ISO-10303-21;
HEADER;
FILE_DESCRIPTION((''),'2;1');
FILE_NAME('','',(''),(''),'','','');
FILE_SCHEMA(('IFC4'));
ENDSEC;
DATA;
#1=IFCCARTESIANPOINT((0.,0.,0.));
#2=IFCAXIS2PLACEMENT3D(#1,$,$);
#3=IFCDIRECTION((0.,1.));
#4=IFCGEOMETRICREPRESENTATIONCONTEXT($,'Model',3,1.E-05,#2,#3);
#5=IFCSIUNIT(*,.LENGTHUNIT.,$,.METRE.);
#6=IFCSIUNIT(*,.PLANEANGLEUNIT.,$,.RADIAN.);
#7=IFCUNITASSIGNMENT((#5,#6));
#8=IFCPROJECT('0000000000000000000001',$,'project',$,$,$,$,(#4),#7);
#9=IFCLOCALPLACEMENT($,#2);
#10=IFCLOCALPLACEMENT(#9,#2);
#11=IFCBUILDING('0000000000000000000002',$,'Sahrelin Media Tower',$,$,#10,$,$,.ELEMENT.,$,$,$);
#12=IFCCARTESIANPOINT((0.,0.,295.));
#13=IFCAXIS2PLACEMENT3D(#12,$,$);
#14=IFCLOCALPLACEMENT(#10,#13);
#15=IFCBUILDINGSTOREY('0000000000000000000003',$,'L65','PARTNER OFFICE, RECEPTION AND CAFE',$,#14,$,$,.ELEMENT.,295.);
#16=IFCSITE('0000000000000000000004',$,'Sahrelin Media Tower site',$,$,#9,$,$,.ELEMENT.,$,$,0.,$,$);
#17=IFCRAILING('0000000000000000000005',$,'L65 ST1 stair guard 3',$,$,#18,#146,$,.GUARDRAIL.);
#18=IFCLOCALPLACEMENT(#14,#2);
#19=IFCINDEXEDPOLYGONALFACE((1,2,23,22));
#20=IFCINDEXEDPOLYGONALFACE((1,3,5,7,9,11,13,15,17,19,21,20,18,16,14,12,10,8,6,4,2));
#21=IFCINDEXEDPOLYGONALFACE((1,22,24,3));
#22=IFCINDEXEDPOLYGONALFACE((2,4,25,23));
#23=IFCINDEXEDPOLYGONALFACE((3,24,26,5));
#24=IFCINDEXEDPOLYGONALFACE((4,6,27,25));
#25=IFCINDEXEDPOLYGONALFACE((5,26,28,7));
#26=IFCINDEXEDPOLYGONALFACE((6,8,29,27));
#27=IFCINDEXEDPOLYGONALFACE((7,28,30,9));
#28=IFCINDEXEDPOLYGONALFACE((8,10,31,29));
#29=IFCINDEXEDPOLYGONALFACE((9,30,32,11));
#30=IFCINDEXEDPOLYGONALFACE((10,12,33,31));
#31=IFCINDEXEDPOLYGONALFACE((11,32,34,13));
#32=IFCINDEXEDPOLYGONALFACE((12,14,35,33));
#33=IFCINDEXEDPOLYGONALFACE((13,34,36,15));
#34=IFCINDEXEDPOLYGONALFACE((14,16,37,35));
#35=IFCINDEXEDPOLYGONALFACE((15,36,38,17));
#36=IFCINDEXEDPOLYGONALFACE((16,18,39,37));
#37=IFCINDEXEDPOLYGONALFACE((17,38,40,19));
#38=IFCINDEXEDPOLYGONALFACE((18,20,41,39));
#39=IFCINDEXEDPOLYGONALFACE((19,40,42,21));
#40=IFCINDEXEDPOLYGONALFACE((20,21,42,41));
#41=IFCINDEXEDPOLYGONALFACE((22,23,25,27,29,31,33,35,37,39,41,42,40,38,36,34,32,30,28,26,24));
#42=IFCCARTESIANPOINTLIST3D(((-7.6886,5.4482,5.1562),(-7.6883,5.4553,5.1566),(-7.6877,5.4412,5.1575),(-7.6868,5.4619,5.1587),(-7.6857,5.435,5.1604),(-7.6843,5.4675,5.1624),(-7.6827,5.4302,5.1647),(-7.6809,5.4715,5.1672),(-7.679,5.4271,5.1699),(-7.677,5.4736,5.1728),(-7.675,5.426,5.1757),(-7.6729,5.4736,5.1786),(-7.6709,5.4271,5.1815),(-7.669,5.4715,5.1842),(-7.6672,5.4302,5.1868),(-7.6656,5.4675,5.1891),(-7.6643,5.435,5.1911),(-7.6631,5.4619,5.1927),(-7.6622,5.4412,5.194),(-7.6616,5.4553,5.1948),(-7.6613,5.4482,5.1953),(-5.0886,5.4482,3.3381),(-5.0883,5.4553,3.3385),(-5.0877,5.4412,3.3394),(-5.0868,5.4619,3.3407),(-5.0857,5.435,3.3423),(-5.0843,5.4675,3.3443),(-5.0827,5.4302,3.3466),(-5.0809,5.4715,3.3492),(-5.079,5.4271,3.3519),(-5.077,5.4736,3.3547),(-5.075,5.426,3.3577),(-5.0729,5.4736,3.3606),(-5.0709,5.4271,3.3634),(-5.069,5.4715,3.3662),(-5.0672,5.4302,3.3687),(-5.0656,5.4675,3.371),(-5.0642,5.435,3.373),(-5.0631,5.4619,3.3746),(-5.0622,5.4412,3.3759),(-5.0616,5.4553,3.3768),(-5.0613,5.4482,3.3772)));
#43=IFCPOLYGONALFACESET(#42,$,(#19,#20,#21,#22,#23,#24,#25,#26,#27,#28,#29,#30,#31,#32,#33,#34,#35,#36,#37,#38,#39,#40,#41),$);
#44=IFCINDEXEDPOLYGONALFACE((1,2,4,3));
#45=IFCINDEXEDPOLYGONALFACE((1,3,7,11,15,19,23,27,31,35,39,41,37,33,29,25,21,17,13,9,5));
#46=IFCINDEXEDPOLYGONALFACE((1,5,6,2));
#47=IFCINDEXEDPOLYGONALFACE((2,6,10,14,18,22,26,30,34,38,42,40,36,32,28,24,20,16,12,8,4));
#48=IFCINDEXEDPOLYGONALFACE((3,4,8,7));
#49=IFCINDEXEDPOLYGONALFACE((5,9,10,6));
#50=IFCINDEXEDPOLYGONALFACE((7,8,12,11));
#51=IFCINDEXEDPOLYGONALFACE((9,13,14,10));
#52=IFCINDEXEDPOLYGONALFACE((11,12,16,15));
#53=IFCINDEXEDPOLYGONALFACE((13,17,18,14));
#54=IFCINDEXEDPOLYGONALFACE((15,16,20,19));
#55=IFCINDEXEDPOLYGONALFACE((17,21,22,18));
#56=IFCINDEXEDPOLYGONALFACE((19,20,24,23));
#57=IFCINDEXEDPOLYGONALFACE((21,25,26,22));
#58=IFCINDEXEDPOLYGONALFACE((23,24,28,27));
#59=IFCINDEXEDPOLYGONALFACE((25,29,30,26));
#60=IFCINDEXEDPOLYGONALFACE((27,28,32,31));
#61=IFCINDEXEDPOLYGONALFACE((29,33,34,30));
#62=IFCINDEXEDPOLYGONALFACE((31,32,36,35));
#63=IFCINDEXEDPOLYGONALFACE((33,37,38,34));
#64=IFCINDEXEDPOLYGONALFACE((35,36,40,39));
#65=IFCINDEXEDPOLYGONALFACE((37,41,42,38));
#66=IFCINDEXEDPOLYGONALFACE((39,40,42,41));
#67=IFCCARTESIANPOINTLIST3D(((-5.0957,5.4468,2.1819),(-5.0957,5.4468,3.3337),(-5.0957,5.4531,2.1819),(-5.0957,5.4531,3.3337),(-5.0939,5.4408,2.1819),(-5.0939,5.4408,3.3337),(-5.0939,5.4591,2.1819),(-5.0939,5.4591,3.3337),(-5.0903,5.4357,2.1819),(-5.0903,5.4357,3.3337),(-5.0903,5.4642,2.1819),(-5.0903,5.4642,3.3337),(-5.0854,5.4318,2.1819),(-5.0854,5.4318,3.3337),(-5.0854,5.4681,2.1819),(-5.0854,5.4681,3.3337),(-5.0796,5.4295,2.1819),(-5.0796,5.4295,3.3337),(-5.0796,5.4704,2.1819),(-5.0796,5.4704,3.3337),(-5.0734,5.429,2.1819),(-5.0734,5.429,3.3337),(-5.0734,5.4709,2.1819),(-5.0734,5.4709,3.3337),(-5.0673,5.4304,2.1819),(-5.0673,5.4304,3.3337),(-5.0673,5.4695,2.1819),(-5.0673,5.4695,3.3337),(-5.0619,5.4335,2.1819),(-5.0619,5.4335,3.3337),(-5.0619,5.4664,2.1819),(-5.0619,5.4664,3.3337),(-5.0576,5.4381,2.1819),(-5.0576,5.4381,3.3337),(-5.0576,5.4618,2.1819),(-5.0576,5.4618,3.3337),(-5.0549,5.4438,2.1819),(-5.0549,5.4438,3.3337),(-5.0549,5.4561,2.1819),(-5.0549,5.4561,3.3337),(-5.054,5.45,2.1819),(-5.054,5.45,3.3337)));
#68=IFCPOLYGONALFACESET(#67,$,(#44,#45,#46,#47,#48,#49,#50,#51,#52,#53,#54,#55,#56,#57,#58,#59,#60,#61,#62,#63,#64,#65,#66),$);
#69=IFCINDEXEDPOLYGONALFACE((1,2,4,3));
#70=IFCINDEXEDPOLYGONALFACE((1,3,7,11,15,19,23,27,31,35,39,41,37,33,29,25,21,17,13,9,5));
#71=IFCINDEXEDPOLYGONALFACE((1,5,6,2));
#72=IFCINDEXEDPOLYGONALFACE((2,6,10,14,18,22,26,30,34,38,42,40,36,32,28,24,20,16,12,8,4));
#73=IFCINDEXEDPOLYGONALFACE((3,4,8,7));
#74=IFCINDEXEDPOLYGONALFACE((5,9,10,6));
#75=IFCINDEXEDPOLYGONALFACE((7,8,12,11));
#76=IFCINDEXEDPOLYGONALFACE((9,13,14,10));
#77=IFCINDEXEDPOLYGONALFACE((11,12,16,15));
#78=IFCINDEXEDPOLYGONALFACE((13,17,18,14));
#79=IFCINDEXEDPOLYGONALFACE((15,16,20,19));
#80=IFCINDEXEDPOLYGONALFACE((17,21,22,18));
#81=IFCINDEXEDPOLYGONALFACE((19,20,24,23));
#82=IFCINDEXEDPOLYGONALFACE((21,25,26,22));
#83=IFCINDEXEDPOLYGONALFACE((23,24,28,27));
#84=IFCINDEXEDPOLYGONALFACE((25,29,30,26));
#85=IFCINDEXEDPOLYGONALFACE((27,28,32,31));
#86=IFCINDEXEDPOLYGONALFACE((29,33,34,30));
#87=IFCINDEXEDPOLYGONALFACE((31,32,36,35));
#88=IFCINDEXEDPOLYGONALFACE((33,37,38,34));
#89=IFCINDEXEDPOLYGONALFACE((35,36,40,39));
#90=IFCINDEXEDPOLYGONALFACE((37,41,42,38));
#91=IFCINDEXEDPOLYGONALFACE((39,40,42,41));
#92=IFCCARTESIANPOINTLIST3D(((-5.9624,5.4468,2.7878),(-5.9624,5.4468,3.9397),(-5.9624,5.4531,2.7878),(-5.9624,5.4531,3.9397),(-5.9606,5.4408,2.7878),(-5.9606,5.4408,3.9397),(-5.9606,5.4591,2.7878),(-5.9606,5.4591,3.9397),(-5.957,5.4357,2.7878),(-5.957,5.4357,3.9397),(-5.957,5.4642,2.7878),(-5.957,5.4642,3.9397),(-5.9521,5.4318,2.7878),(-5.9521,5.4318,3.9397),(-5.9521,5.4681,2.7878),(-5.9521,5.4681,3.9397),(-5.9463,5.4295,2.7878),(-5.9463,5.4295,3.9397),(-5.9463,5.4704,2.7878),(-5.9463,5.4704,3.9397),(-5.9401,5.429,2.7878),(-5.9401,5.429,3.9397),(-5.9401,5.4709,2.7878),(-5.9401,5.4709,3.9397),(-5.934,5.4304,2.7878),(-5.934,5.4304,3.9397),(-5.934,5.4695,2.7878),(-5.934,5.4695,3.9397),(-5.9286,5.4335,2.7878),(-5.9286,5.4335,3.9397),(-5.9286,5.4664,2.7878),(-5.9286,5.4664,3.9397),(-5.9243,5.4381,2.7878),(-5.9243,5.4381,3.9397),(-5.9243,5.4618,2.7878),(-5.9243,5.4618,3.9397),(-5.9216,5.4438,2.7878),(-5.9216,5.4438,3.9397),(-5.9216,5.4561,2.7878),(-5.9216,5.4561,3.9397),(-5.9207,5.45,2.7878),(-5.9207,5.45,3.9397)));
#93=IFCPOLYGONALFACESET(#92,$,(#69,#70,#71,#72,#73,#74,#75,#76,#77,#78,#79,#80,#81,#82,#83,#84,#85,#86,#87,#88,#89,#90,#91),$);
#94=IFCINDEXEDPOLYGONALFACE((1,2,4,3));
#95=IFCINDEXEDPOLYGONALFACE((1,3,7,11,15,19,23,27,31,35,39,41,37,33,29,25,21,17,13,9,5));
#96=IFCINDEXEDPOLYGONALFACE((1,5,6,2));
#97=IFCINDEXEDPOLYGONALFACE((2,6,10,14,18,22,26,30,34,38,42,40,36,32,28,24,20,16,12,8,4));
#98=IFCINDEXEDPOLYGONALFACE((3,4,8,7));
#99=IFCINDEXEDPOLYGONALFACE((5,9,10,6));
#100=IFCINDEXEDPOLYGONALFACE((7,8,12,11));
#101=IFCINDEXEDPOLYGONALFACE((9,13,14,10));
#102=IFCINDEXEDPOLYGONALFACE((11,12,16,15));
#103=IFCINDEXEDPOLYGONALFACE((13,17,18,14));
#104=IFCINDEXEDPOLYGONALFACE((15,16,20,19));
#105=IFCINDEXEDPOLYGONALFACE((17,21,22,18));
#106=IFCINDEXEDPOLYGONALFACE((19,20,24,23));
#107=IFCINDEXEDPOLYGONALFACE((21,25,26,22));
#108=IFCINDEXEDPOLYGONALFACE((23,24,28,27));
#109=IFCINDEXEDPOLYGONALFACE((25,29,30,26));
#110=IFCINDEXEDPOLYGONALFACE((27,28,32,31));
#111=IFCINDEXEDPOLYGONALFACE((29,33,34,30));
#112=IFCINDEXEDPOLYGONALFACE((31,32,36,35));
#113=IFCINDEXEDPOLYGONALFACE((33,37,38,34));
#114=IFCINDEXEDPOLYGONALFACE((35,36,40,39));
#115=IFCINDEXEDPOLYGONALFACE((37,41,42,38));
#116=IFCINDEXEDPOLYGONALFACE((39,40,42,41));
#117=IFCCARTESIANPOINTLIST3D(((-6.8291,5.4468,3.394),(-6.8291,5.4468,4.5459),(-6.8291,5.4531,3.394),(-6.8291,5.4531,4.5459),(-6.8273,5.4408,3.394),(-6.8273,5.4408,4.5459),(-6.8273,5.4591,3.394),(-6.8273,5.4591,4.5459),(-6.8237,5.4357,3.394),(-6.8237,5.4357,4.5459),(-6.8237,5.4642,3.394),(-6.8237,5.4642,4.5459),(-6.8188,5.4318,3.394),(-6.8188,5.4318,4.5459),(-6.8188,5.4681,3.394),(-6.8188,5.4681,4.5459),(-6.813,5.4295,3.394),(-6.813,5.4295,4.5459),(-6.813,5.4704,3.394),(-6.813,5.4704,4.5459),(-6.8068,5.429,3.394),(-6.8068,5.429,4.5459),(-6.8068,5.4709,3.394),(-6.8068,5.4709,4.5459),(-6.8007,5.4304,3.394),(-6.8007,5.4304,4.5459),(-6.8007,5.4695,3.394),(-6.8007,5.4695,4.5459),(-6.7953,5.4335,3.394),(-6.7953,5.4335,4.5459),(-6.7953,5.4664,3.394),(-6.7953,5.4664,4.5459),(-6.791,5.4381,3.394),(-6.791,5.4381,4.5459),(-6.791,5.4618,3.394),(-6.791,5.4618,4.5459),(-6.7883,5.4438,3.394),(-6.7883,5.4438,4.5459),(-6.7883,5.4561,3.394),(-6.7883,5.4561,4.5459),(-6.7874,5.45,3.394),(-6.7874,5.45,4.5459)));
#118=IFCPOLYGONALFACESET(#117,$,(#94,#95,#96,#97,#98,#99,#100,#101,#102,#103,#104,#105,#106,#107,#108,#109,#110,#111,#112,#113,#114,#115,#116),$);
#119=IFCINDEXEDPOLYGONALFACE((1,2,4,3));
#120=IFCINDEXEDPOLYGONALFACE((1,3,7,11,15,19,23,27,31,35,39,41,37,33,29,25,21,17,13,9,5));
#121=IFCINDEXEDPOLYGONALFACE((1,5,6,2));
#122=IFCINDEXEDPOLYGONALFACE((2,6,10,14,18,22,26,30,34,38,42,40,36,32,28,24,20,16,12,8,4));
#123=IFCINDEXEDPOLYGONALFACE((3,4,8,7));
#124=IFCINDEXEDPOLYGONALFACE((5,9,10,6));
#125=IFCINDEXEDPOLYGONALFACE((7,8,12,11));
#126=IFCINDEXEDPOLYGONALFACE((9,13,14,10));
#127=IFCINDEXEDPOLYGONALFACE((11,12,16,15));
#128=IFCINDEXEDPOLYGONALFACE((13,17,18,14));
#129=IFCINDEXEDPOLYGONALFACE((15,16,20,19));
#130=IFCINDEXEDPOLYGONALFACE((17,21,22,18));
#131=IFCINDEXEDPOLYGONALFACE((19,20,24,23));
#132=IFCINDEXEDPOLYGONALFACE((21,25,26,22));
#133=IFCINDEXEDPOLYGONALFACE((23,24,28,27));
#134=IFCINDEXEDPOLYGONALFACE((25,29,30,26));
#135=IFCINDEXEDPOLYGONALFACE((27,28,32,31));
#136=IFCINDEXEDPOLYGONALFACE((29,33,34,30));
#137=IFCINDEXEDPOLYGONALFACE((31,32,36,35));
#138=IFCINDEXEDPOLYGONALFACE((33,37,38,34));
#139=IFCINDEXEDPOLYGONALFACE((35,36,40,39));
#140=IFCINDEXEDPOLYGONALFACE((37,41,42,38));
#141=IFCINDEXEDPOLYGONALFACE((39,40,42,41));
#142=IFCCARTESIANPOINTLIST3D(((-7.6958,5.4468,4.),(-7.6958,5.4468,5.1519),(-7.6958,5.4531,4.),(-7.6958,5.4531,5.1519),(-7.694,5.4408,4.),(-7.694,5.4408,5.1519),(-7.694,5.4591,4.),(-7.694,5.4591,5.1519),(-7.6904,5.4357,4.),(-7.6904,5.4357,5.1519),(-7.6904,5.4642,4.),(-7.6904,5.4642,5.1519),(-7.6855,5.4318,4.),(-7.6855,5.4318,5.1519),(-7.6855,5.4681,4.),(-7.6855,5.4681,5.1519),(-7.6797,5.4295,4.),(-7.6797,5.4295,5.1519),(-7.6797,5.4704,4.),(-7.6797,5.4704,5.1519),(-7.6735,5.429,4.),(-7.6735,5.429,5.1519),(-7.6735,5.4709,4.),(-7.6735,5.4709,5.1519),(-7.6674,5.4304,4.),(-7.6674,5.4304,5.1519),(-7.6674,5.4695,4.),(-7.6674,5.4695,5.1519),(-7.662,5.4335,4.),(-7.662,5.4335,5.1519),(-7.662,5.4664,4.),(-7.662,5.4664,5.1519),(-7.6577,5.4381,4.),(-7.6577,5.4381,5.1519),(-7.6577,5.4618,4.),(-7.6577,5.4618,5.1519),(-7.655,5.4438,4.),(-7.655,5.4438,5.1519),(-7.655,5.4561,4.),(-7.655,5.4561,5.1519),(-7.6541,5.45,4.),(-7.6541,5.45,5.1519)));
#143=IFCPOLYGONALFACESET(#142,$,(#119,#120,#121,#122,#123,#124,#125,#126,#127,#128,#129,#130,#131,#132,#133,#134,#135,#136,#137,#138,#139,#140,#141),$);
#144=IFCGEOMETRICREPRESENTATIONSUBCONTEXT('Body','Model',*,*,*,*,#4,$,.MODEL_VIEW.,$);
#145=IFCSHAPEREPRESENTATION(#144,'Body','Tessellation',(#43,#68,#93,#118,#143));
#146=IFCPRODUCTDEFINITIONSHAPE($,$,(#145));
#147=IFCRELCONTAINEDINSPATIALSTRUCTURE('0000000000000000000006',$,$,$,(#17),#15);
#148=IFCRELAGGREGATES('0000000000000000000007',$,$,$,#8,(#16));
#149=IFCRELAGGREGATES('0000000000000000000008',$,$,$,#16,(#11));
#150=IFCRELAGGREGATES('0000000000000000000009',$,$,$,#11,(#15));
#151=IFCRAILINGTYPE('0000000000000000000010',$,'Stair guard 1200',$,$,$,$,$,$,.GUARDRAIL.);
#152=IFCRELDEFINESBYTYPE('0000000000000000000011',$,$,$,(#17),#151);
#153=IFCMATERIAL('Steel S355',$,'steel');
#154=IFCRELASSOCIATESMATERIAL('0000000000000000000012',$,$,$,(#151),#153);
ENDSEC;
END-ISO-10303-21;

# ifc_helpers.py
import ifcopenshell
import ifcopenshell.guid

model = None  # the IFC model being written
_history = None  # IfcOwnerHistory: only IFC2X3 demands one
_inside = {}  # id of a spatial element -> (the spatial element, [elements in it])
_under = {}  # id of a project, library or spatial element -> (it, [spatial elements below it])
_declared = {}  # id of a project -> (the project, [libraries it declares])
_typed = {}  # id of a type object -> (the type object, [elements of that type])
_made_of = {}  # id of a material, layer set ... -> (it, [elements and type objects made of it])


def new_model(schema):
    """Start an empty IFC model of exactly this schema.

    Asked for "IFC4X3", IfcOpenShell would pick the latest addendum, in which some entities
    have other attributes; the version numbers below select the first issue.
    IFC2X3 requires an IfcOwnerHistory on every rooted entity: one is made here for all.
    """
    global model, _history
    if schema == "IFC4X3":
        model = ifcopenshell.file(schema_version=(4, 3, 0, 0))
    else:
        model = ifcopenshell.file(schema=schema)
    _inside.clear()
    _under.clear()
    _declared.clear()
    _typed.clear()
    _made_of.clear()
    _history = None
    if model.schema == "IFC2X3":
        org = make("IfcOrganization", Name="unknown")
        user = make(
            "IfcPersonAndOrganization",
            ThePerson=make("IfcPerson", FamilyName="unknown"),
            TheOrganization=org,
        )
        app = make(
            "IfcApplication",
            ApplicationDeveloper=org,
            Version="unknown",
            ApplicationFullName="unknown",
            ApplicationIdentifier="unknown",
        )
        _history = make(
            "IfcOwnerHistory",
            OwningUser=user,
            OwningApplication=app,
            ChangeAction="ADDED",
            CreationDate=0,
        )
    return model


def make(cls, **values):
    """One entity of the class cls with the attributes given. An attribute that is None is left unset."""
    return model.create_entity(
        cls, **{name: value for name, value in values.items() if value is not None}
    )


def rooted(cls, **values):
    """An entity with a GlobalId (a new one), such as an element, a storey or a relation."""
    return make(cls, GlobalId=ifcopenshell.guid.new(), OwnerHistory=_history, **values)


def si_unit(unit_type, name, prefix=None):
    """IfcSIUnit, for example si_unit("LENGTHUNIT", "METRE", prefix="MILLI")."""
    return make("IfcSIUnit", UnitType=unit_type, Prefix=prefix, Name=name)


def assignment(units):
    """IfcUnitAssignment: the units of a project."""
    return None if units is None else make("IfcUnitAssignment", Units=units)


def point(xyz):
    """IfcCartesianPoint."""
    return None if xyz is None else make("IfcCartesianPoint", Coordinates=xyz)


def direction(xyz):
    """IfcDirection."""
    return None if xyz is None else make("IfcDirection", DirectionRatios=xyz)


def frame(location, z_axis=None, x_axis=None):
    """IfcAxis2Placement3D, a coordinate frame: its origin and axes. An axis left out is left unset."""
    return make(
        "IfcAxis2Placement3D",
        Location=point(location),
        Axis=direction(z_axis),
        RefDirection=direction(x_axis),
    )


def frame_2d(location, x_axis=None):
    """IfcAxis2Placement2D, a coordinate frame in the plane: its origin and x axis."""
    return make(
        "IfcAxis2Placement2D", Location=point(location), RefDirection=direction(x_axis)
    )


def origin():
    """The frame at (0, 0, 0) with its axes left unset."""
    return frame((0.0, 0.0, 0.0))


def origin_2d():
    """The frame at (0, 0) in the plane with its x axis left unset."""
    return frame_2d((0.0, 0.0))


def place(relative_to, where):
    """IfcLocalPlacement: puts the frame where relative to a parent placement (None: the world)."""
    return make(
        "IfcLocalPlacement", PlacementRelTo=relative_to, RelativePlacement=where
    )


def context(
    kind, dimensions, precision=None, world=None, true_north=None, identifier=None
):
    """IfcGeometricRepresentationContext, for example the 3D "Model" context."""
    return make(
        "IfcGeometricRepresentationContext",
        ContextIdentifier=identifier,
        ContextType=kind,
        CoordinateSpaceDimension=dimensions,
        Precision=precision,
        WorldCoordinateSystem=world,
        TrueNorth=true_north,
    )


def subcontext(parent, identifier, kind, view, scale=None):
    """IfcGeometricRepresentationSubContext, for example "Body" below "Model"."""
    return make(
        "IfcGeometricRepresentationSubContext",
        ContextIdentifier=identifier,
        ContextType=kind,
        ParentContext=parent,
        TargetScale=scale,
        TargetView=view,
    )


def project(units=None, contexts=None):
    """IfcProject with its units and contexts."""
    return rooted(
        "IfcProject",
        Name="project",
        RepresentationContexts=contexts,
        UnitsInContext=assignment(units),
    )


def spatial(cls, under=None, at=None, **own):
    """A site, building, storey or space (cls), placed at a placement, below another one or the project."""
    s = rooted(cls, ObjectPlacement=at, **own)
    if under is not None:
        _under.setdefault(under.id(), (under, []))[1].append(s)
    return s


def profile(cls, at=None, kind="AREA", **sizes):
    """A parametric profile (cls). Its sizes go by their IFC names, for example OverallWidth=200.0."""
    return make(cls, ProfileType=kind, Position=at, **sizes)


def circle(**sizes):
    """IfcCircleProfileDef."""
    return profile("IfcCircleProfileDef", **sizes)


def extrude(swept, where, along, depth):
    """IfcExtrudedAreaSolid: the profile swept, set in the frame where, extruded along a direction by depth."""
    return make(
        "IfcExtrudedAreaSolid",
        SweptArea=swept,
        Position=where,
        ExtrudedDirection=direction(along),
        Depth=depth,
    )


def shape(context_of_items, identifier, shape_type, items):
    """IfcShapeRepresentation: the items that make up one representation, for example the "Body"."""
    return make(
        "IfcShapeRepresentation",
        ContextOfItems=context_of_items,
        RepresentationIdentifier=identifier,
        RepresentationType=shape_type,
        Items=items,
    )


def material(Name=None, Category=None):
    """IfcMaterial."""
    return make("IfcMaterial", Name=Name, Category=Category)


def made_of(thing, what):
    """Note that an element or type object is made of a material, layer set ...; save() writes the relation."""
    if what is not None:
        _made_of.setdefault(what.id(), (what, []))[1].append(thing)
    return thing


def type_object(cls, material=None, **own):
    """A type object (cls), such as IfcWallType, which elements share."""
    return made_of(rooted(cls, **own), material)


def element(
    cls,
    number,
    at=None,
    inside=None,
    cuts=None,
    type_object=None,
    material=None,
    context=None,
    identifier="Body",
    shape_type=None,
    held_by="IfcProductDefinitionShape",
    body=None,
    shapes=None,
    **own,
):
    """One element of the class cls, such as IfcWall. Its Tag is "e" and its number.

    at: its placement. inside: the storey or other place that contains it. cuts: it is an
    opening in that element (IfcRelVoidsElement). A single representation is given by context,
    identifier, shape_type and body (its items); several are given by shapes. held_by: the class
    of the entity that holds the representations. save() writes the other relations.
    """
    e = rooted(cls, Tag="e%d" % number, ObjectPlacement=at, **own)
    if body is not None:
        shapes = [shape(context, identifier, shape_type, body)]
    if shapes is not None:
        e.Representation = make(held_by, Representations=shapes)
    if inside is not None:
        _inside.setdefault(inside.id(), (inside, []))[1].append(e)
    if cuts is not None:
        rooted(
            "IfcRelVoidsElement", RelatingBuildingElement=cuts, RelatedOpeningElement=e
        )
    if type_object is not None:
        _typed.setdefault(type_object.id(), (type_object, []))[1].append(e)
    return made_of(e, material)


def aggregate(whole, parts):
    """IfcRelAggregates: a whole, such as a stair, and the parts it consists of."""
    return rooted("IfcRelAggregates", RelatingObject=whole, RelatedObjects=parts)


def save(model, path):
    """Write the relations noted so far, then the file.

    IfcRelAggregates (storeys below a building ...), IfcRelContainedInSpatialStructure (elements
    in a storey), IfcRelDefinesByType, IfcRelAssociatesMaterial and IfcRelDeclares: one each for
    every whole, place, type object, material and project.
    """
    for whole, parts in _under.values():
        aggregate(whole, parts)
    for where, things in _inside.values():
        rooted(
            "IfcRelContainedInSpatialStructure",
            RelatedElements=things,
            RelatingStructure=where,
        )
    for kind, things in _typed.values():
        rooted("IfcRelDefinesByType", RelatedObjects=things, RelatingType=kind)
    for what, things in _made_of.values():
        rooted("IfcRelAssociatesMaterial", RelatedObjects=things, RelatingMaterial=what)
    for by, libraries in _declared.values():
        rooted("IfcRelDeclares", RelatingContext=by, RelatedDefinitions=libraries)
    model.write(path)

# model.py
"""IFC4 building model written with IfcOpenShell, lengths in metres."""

from ifc_helpers import new_model, si_unit, direction, frame, origin, origin_2d, place, context, subcontext, project, spatial, circle, extrude, material, type_object, element, save


model = new_model("IFC4")

# Units and contexts
model_context = context("Model", 3, precision=1e-05, world=origin(), true_north=direction((0.0, 1.0)))
body_context = subcontext(model_context, "Body", "Model", "MODEL_VIEW")
ifc_project = project(units=[si_unit("LENGTHUNIT", "METRE"), si_unit("PLANEANGLEUNIT", "RADIAN")], contexts=[model_context])

# Site, building, storey
site_placement = place(None, origin())
site = spatial("IfcSite", under=ifc_project, at=site_placement, Name="Sahrelin Media Tower site", CompositionType="ELEMENT", RefElevation=0.0)
building_placement = place(site_placement, origin())
building = spatial("IfcBuilding", under=site, at=building_placement, Name="Sahrelin Media Tower", CompositionType="ELEMENT")
storey_placement = place(building_placement, frame((0.0, 0.0, 295.0)))
storey = spatial("IfcBuildingStorey", under=building, at=storey_placement, Name="L65", Description="PARTNER OFFICE, RECEPTION AND CAFE", CompositionType="ELEMENT", Elevation=295.0)

# Shared definitions
ifc_material_1 = material(Name="Steel S355", Category="steel")

# Railing
railing_type_1 = type_object("IfcRailingType", Name="Stair guard 1200", PredefinedType="GUARDRAIL", material=ifc_material_1)
railing_1_placement = place(storey_placement, frame((-5.075, 5.45, 2.1819)))
element("IfcRailing", 1, at=railing_1_placement, inside=storey, type_object=railing_type_1, Name="L65 ST1 stair guard 3", PredefinedType="GUARDRAIL", context=body_context, shape_type="SweptSolid", body=[
    extrude(circle(Radius=0.0239, at=origin_2d()), frame((0.0, 0.0, 1.1758), z_axis=(-0.819521, 0.0, 0.573049), x_axis=(0.0, -1.0, 0.0)), (0.0, 0.0, 1.0), 3.1726),
    extrude(circle(Radius=0.021, at=origin_2d()), origin(), (0.0, 0.0, 1.0), 1.1519),
    extrude(circle(Radius=0.021, at=origin_2d()), frame((-0.8667, 0.0, 0.606)), (0.0, 0.0, 1.0), 1.1519),
    extrude(circle(Radius=0.021, at=origin_2d()), frame((-1.7334, 0.0, 1.2122)), (0.0, 0.0, 1.0), 1.1519),
    extrude(circle(Radius=0.021, at=origin_2d()), frame((-2.6001, 0.0, 1.8181)), (0.0, 0.0, 1.0), 1.1519),
])

save(model, "model.ifc")
